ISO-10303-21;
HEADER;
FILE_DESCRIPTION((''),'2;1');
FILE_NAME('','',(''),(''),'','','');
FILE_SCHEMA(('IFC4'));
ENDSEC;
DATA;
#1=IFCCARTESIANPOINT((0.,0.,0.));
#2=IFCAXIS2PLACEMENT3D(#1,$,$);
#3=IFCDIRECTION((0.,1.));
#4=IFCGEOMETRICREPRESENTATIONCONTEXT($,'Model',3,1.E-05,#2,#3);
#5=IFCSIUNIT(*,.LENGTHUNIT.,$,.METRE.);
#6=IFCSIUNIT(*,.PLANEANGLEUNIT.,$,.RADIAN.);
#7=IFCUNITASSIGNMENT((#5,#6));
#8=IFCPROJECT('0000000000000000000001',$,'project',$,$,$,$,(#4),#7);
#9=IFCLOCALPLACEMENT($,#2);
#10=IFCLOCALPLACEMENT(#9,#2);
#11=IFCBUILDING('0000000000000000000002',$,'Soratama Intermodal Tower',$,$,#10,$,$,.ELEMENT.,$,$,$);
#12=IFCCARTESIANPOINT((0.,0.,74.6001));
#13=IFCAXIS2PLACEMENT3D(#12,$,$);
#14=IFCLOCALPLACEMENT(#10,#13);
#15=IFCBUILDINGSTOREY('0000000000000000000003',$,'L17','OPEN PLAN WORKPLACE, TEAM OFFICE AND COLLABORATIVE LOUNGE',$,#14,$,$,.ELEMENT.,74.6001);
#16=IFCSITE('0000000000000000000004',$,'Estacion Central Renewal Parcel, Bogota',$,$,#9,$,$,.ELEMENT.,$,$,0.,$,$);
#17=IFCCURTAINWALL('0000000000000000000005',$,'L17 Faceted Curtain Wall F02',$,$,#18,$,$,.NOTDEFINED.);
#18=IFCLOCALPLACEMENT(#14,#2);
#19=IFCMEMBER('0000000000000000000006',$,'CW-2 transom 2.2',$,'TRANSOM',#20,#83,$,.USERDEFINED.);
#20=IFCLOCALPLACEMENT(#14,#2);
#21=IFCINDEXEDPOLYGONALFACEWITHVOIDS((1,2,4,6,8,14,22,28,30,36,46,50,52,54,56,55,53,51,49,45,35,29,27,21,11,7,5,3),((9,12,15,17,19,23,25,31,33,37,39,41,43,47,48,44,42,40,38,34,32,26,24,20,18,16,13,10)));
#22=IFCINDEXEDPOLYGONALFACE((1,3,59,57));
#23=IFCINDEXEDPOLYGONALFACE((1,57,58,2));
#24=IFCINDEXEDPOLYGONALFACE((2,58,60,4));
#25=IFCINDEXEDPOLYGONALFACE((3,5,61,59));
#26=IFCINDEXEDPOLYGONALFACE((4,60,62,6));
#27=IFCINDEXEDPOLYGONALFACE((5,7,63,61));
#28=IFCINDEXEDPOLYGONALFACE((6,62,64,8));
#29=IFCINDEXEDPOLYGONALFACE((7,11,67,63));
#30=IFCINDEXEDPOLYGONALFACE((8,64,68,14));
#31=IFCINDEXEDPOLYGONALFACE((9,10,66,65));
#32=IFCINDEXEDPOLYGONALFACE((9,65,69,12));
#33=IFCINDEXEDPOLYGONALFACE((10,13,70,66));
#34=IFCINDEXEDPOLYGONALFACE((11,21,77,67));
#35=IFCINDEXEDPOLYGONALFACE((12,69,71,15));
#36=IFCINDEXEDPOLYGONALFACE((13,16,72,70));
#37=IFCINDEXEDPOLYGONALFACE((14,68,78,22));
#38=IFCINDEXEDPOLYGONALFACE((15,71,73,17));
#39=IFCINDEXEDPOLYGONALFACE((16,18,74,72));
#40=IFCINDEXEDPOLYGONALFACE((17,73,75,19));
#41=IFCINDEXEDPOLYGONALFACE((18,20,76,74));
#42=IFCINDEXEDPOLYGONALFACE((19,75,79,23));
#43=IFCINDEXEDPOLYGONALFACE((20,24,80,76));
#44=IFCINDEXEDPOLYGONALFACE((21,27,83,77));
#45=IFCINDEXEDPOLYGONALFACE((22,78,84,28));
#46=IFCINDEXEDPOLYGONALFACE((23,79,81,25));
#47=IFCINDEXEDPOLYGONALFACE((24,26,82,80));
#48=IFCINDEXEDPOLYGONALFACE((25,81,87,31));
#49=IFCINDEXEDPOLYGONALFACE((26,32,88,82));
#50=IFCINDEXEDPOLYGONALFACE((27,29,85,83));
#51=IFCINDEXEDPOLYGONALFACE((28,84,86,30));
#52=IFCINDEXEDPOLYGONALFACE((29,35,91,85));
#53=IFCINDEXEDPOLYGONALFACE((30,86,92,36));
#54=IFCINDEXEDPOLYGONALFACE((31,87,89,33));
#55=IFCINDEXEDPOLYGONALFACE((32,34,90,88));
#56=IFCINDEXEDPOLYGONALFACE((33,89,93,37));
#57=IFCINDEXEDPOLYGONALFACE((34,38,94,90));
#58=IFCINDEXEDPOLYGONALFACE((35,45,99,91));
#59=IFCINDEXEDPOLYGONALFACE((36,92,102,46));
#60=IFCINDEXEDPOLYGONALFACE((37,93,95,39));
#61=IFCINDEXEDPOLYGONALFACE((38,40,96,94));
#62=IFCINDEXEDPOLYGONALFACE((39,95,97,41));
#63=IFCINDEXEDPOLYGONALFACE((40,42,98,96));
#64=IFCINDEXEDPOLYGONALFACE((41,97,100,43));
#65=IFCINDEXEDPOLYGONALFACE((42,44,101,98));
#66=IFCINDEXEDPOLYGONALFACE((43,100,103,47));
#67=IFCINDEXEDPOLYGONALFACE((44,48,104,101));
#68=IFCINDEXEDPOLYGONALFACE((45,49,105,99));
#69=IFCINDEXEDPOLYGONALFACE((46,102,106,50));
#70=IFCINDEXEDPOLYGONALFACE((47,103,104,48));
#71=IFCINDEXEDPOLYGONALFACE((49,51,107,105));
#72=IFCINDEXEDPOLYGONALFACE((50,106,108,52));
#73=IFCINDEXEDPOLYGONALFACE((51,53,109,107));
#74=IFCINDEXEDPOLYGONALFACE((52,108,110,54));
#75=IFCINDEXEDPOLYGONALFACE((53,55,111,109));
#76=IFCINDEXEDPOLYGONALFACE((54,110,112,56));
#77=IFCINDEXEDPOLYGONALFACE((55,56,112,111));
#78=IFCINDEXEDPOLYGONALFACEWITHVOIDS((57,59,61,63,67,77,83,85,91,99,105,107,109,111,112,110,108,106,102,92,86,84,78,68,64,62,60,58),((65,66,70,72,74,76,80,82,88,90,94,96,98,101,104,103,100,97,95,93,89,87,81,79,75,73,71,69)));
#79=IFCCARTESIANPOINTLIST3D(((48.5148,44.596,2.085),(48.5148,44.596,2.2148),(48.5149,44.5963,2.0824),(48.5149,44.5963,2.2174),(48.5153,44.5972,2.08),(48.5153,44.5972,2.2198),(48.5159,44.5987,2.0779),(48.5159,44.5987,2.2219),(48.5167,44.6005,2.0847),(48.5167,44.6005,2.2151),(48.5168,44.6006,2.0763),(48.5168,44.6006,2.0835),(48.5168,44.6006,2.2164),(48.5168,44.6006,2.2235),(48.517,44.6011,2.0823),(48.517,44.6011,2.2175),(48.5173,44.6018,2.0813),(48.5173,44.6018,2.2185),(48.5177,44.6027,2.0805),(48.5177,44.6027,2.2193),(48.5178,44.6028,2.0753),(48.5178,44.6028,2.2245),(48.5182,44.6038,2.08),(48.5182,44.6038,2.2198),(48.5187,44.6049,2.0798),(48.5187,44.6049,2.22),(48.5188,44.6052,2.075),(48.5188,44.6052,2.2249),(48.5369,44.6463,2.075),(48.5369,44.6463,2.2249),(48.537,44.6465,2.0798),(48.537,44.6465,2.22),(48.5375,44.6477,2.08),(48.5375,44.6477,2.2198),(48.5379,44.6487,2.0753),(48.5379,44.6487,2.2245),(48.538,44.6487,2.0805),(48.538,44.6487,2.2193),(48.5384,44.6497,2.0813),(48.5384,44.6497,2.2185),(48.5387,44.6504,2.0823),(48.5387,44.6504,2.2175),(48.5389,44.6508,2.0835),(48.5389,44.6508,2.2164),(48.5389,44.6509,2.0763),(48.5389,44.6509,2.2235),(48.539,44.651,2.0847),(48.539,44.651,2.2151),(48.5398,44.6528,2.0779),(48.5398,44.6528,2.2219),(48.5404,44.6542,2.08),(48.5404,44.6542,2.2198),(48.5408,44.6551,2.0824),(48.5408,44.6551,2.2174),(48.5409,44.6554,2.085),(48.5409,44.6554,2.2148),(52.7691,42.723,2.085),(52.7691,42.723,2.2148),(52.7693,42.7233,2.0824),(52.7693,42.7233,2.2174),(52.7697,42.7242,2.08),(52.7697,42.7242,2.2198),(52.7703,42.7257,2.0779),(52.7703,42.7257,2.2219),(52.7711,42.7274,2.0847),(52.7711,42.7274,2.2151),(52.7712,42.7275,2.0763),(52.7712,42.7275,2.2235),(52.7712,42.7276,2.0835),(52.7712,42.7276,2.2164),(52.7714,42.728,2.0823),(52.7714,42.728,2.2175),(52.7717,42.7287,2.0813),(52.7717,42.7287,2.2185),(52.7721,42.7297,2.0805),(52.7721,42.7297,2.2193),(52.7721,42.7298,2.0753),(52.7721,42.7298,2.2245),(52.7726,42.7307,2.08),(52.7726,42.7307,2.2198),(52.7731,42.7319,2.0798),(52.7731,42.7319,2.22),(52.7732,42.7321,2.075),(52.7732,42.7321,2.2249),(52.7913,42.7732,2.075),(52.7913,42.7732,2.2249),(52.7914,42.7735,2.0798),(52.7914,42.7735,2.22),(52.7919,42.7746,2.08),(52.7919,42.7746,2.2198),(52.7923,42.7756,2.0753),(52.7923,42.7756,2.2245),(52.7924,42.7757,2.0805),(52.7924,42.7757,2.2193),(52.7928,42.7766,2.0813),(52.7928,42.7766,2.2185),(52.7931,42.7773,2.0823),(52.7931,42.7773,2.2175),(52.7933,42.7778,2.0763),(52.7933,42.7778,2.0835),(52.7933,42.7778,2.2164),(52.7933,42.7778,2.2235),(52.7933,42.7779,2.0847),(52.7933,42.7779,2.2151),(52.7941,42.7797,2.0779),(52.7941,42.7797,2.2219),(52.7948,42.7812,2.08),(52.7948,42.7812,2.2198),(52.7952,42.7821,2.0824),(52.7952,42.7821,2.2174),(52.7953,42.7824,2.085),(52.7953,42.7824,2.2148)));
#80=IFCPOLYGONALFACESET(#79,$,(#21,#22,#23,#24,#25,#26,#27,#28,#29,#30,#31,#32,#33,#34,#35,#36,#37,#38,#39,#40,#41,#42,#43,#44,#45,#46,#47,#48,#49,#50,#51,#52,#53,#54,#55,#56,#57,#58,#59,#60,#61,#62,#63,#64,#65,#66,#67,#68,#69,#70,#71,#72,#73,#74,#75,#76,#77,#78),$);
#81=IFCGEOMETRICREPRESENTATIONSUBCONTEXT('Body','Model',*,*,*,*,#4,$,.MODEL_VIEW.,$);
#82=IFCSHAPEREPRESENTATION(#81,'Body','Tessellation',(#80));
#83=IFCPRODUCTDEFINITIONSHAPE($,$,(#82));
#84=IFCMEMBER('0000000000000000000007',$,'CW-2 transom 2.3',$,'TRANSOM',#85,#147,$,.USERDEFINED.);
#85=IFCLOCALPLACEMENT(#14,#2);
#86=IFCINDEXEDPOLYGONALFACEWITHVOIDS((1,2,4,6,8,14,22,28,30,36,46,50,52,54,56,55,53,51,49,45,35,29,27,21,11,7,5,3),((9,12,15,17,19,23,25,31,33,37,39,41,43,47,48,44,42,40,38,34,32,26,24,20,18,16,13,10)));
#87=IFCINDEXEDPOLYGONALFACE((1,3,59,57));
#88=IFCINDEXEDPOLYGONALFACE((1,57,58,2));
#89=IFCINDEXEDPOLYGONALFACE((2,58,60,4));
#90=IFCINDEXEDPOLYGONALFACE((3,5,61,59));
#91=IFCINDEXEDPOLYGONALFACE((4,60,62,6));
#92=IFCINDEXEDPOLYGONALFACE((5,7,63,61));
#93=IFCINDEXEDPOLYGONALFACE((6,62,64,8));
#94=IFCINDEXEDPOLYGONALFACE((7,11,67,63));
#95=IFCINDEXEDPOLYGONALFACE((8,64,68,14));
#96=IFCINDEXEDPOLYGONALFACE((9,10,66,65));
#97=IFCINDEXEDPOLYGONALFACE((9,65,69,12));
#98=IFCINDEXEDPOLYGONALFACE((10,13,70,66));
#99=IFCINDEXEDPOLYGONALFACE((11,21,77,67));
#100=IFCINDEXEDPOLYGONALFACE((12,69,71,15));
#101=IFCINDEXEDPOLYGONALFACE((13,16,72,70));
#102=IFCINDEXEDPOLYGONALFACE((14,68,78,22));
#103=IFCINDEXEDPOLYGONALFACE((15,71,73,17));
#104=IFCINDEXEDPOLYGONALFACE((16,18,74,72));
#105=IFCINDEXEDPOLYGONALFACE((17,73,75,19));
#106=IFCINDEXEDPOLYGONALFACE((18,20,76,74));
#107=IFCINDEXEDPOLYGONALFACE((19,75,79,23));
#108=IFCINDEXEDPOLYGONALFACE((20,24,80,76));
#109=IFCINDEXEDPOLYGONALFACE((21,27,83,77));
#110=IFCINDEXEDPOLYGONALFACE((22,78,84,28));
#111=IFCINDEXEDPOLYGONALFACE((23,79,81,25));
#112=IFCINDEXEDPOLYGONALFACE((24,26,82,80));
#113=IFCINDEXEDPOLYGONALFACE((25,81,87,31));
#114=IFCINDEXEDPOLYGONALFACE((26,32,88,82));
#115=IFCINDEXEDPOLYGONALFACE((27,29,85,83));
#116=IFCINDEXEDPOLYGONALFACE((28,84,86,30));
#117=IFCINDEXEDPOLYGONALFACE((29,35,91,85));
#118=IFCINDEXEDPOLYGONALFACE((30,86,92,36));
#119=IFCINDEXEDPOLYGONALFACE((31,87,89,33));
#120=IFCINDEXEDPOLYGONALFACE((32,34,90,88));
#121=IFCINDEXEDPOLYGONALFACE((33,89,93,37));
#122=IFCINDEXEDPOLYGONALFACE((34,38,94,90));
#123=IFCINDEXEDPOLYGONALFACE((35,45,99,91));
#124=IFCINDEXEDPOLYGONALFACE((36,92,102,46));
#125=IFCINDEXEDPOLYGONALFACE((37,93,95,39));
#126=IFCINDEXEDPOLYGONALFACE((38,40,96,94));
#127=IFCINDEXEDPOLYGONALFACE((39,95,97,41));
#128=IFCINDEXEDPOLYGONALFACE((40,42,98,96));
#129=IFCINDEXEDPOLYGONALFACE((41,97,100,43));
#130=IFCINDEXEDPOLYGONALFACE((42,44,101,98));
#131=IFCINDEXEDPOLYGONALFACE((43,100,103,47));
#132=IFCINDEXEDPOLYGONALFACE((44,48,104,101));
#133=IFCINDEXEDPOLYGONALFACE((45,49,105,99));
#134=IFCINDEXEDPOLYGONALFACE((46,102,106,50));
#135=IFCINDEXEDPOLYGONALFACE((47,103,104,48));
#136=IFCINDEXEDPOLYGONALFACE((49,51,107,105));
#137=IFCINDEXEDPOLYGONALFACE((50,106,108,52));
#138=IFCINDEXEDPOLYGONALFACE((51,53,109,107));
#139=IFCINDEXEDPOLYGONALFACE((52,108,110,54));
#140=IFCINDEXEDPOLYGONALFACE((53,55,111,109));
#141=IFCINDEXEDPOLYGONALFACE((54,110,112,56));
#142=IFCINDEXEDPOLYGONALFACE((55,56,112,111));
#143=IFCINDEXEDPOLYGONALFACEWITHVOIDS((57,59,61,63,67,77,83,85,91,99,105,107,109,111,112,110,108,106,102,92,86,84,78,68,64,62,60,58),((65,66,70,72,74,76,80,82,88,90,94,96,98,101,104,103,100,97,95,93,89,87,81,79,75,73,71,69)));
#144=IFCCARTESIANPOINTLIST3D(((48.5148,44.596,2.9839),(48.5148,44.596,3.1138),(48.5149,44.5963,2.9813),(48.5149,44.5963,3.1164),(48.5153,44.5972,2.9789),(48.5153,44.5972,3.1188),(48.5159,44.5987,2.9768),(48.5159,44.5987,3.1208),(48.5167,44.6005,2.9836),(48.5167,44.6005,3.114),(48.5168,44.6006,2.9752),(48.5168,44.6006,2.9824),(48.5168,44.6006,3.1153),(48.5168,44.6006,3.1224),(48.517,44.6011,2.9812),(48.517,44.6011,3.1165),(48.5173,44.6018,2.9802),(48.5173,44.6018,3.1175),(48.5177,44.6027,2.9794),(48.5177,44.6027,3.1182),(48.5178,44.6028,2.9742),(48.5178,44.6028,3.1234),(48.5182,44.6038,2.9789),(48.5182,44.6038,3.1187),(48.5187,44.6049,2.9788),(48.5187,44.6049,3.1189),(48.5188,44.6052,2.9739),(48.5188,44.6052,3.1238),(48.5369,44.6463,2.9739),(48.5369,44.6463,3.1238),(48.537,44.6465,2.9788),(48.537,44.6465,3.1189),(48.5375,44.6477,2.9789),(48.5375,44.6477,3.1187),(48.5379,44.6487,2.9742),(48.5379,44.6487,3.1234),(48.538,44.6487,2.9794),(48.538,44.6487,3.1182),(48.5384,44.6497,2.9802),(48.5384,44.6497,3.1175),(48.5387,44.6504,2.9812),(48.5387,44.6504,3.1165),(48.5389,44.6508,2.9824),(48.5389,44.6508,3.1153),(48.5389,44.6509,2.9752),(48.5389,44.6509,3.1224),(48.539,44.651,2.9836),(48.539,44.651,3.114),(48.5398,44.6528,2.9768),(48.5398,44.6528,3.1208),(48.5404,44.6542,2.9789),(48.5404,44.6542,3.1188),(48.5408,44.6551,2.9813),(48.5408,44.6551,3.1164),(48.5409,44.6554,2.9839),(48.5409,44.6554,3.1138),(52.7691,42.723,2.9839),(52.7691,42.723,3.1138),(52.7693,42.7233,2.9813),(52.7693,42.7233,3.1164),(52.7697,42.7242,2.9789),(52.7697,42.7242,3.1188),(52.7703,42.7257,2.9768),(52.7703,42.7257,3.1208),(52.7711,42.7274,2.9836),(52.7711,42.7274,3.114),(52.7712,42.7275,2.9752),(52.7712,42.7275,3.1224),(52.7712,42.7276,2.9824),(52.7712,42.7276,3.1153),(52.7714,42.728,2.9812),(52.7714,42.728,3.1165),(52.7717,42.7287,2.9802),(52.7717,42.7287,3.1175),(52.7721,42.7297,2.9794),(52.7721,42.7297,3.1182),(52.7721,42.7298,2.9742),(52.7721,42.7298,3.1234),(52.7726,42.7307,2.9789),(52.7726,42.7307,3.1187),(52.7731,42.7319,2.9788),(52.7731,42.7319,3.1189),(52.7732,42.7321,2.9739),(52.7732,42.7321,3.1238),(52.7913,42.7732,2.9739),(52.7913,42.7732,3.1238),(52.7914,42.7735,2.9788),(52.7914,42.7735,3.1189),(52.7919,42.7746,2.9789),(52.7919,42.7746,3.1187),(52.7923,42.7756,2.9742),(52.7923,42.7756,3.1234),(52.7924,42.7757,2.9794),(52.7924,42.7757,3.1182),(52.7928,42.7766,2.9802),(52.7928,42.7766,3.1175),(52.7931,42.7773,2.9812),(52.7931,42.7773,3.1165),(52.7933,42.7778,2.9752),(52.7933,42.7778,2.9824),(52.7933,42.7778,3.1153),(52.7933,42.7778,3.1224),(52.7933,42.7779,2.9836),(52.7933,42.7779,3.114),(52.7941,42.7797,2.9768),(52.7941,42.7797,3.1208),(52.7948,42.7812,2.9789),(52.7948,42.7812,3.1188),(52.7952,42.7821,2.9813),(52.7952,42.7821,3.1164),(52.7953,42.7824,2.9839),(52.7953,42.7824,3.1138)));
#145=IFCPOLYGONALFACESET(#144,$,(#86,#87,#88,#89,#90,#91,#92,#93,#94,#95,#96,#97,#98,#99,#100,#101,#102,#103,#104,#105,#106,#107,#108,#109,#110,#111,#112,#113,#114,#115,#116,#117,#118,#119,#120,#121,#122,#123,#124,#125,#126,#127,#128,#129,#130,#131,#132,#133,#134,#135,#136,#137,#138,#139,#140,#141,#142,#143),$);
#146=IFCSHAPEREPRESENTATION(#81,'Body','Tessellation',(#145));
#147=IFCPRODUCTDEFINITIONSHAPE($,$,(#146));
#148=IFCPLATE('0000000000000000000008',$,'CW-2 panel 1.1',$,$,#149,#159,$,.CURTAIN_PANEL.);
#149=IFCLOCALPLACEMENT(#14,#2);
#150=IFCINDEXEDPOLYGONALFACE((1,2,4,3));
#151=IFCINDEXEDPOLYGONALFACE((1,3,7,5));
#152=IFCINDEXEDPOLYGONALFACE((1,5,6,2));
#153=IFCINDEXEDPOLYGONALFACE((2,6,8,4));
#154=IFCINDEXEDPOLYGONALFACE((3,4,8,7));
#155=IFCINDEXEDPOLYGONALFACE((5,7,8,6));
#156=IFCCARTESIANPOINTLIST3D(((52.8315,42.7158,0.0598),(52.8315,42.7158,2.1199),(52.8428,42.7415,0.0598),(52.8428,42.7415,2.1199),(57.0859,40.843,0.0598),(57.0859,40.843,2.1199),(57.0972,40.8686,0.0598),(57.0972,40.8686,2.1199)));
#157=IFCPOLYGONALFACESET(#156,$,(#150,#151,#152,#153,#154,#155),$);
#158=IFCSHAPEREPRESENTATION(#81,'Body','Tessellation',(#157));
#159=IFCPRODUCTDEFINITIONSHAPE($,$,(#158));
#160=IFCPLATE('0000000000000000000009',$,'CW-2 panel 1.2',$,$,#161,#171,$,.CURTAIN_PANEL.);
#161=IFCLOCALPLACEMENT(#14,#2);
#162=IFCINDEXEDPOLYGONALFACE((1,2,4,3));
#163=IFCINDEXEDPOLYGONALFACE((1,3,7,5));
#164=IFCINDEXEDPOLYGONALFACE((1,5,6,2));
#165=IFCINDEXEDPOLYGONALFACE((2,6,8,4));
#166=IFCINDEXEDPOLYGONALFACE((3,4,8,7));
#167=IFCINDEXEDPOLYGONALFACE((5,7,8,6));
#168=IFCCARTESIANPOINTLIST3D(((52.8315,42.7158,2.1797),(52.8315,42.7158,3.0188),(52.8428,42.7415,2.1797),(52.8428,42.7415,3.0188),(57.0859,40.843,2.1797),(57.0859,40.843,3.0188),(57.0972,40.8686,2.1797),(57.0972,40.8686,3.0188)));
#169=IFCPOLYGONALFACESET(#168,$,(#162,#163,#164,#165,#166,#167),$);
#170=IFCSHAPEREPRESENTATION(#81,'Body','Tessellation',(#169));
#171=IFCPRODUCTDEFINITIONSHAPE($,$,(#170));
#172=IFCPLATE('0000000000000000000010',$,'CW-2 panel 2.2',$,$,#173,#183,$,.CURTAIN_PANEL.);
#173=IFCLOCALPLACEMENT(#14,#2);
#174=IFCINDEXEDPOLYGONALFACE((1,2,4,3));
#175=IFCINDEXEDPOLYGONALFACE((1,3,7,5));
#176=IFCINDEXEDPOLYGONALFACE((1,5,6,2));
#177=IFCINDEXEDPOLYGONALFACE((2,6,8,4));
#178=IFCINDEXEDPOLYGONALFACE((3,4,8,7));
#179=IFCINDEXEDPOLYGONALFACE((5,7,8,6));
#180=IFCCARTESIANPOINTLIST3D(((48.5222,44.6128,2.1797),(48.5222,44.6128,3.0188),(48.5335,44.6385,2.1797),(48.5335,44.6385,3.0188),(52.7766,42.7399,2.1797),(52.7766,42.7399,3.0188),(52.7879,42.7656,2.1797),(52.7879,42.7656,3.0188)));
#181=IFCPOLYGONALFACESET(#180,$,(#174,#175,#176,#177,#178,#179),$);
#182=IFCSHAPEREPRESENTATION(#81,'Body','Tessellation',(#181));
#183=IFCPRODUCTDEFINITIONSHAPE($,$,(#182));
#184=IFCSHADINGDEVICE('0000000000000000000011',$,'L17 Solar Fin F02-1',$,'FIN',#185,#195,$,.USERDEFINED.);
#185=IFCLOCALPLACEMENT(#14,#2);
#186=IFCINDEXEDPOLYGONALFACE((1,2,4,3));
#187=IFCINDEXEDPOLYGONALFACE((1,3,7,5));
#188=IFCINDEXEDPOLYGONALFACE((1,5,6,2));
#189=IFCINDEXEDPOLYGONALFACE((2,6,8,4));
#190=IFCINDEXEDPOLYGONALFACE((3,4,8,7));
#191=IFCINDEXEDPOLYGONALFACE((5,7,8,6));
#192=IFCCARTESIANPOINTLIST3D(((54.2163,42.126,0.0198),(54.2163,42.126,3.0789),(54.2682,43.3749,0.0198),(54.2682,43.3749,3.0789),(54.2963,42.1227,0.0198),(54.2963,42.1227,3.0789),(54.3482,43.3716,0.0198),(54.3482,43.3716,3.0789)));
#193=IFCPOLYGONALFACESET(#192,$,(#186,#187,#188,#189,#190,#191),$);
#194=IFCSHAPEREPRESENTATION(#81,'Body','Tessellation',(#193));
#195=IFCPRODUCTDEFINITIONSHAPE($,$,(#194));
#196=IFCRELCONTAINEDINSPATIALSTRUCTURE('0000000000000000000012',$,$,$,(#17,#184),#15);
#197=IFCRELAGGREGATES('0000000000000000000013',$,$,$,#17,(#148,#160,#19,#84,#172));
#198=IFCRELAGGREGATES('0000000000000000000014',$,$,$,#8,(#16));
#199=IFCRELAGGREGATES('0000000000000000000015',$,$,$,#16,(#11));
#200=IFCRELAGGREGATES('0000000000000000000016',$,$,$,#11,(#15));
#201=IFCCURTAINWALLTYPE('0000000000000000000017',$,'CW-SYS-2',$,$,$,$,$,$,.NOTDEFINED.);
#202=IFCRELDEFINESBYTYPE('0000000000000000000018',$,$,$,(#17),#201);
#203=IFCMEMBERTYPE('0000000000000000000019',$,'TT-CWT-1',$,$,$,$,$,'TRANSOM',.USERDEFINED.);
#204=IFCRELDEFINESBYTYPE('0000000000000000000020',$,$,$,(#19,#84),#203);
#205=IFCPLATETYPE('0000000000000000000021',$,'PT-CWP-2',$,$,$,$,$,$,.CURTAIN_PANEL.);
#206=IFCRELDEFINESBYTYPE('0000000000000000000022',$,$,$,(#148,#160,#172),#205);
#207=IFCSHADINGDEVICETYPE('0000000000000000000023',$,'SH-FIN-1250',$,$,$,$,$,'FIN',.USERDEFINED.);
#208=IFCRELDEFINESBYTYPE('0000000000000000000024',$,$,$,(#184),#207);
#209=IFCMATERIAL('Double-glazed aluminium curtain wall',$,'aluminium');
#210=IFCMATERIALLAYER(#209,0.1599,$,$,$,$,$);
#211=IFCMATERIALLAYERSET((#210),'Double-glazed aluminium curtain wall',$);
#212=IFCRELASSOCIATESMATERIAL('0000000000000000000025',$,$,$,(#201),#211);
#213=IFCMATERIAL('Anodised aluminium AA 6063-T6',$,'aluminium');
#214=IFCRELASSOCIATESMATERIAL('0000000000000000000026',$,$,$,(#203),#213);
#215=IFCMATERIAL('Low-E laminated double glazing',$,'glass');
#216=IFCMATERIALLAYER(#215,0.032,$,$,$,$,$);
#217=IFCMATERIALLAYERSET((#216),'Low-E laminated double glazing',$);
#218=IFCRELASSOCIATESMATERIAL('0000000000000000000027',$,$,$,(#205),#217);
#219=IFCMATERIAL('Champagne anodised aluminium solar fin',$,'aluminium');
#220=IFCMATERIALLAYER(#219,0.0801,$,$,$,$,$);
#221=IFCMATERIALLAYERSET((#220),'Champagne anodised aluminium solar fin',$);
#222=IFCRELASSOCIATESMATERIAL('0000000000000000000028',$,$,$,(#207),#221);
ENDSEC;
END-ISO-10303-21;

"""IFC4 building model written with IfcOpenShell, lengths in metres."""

from ifc_helpers import new_model, si_unit, direction, frame, origin, origin_2d, place, context, subcontext, project, spatial, rectangle, hollow_rectangle, extrude, material, layer, layer_set, material_profile, profile_set, type_object, element, aggregate, save


model = new_model("IFC4")

# Units and contexts
model_context = context("Model", 3, precision=1e-05, world=origin(), true_north=direction((0.0, 1.0)))
body_context = subcontext(model_context, "Body", "Model", "MODEL_VIEW")
ifc_project = project(units=[si_unit("LENGTHUNIT", "METRE"), si_unit("PLANEANGLEUNIT", "RADIAN")], contexts=[model_context])

# Site, building, storey
site_placement = place(None, origin())
site = spatial("IfcSite", under=ifc_project, at=site_placement, Name="Estacion Central Renewal Parcel, Bogota", CompositionType="ELEMENT", RefElevation=0.0)
building_placement = place(site_placement, origin())
building = spatial("IfcBuilding", under=site, at=building_placement, Name="Soratama Intermodal Tower", CompositionType="ELEMENT")
storey_placement = place(building_placement, frame((0.0, 0.0, 74.6001)))
storey = spatial("IfcBuildingStorey", under=building, at=storey_placement, Name="L17", Description="OPEN PLAN WORKPLACE, TEAM OFFICE AND COLLABORATIVE LOUNGE", CompositionType="ELEMENT", Elevation=74.6001)

# Curtain wall, members, plates
ifc_material_1 = material(Name="Double-glazed aluminium curtain wall", Category="aluminium")
ifc_layer_1 = layer(ifc_material_1, 0.1599)
ifc_layer_set_1 = layer_set([ifc_layer_1], Name="Double-glazed aluminium curtain wall")
curtain_wall_type = type_object("IfcCurtainWallType", Name="CW-SYS-2", PredefinedType="NOTDEFINED", material=ifc_layer_set_1)
curtain_wall_placement = place(storey_placement, origin())
curtain_wall = element("IfcCurtainWall", 1, at=curtain_wall_placement, inside=storey, type_object=curtain_wall_type, Name="L17 Faceted Curtain Wall F02", PredefinedType="NOTDEFINED")
ifc_material_2 = material(Name="Anodised aluminium AA 6063-T6", Category="aluminium")
ifc_material_profile_1 = material_profile(ifc_material_2, hollow_rectangle(XDim=0.0649, YDim=0.1499, WallThickness=0.0049, InnerFilletRadius=0.0049, OuterFilletRadius=0.01, at=origin_2d()), Name="CWT150X65X5")
ifc_profile_set_1 = profile_set([ifc_material_profile_1], Name="Anodised aluminium AA 6063-T6")
member_type_1 = type_object("IfcMemberType", Name="TT-CWT-1", ElementType="TRANSOM", PredefinedType="USERDEFINED", material=ifc_profile_set_1)
member_1_placement = place(storey_placement, frame((52.7822, 42.7527, 2.1499), z_axis=(-0.915227, 0.402939, 0.0), x_axis=(-0.402939, -0.915227, 0.0)))
member_1 = element("IfcMember", 2, at=member_1_placement, type_object=member_type_1, Name="CW-2 transom 2.2", ObjectType="TRANSOM", PredefinedType="USERDEFINED", context=body_context, shape_type="SweptSolid", body=[
    extrude(hollow_rectangle(XDim=0.0649, YDim=0.1499, WallThickness=0.0049, InnerFilletRadius=0.0049, OuterFilletRadius=0.01, at=origin_2d()), origin(), (0.0, 0.0, 1.0), 4.6484),
])
member_2_placement = place(storey_placement, frame((52.7822, 42.7527, 3.0488), z_axis=(-0.915227, 0.402939, 0.0), x_axis=(-0.402939, -0.915227, 0.0)))
member_2 = element("IfcMember", 3, at=member_2_placement, type_object=member_type_1, Name="CW-2 transom 2.3", ObjectType="TRANSOM", PredefinedType="USERDEFINED", context=body_context, shape_type="SweptSolid", body=[
    extrude(hollow_rectangle(XDim=0.0649, YDim=0.1499, WallThickness=0.0049, InnerFilletRadius=0.0049, OuterFilletRadius=0.01, at=origin_2d()), origin(), (0.0, 0.0, 1.0), 4.6484),
])
ifc_material_3 = material(Name="Low-E laminated double glazing", Category="glass")
ifc_layer_2 = layer(ifc_material_3, 0.032)
ifc_layer_set_2 = layer_set([ifc_layer_2], Name="Low-E laminated double glazing")
plate_type = type_object("IfcPlateType", Name="PT-CWP-2", PredefinedType="CURTAIN_PANEL", material=ifc_layer_set_2)
plate_1_placement = place(storey_placement, frame((54.9644, 41.7922, 0.0598), z_axis=(0.0, 0.0, 1.0), x_axis=(-0.915242, 0.402904, 0.0)))
plate_1 = element("IfcPlate", 4, at=plate_1_placement, type_object=plate_type, Name="CW-2 panel 1.1", PredefinedType="CURTAIN_PANEL", context=body_context, shape_type="SweptSolid", body=[
    extrude(rectangle(XDim=4.6484, YDim=0.0281, at=origin_2d()), origin(), (0.0, 0.0, 1.0), 2.0601),
])
plate_2_placement = place(storey_placement, frame((54.9644, 41.7922, 2.1797), z_axis=(0.0, 0.0, 1.0), x_axis=(-0.915242, 0.402904, 0.0)))
plate_2 = element("IfcPlate", 5, at=plate_2_placement, type_object=plate_type, Name="CW-2 panel 1.2", PredefinedType="CURTAIN_PANEL", context=body_context, shape_type="SweptSolid", body=[
    extrude(rectangle(XDim=4.6484, YDim=0.0281, at=origin_2d()), origin(), (0.0, 0.0, 1.0), 0.8391),
])
plate_3_placement = place(storey_placement, frame((50.655, 43.6892, 2.1797), z_axis=(0.0, 0.0, 1.0), x_axis=(-0.915242, 0.402904, 0.0)))
plate_3 = element("IfcPlate", 6, at=plate_3_placement, type_object=plate_type, Name="CW-2 panel 2.2", PredefinedType="CURTAIN_PANEL", context=body_context, shape_type="SweptSolid", body=[
    extrude(rectangle(XDim=4.6484, YDim=0.0281, at=origin_2d()), origin(), (0.0, 0.0, 1.0), 0.8391),
])
aggregate(curtain_wall, [plate_1, plate_2, member_1, member_2, plate_3])

# Shading device
ifc_material_4 = material(Name="Champagne anodised aluminium solar fin", Category="aluminium")
ifc_layer_3 = layer(ifc_material_4, 0.0801)
ifc_layer_set_3 = layer_set([ifc_layer_3], Name="Champagne anodised aluminium solar fin")
shading_device_type = type_object("IfcShadingDeviceType", Name="SH-FIN-1250", ElementType="FIN", PredefinedType="USERDEFINED", material=ifc_layer_set_3)
for number, where, z_axis, x_axis, name in (
    (7, (54.2822, 42.7488, 0.0198), (0.0, 0.0, 1.0), (0.041527, 0.999137, 0.0), "L17 Solar Fin F02-1"),
):
    element("IfcShadingDevice", number, at=place(storey_placement, frame(where, z_axis=z_axis, x_axis=x_axis)), inside=storey, type_object=shading_device_type, Name=name, ObjectType="FIN", PredefinedType="USERDEFINED", context=body_context, shape_type="SweptSolid", body=[
        extrude(rectangle(XDim=1.25, YDim=0.0801, at=origin_2d()), origin(), (0.0, 0.0, 1.0), 3.0591),
    ])

save(model, "model.ifc")
